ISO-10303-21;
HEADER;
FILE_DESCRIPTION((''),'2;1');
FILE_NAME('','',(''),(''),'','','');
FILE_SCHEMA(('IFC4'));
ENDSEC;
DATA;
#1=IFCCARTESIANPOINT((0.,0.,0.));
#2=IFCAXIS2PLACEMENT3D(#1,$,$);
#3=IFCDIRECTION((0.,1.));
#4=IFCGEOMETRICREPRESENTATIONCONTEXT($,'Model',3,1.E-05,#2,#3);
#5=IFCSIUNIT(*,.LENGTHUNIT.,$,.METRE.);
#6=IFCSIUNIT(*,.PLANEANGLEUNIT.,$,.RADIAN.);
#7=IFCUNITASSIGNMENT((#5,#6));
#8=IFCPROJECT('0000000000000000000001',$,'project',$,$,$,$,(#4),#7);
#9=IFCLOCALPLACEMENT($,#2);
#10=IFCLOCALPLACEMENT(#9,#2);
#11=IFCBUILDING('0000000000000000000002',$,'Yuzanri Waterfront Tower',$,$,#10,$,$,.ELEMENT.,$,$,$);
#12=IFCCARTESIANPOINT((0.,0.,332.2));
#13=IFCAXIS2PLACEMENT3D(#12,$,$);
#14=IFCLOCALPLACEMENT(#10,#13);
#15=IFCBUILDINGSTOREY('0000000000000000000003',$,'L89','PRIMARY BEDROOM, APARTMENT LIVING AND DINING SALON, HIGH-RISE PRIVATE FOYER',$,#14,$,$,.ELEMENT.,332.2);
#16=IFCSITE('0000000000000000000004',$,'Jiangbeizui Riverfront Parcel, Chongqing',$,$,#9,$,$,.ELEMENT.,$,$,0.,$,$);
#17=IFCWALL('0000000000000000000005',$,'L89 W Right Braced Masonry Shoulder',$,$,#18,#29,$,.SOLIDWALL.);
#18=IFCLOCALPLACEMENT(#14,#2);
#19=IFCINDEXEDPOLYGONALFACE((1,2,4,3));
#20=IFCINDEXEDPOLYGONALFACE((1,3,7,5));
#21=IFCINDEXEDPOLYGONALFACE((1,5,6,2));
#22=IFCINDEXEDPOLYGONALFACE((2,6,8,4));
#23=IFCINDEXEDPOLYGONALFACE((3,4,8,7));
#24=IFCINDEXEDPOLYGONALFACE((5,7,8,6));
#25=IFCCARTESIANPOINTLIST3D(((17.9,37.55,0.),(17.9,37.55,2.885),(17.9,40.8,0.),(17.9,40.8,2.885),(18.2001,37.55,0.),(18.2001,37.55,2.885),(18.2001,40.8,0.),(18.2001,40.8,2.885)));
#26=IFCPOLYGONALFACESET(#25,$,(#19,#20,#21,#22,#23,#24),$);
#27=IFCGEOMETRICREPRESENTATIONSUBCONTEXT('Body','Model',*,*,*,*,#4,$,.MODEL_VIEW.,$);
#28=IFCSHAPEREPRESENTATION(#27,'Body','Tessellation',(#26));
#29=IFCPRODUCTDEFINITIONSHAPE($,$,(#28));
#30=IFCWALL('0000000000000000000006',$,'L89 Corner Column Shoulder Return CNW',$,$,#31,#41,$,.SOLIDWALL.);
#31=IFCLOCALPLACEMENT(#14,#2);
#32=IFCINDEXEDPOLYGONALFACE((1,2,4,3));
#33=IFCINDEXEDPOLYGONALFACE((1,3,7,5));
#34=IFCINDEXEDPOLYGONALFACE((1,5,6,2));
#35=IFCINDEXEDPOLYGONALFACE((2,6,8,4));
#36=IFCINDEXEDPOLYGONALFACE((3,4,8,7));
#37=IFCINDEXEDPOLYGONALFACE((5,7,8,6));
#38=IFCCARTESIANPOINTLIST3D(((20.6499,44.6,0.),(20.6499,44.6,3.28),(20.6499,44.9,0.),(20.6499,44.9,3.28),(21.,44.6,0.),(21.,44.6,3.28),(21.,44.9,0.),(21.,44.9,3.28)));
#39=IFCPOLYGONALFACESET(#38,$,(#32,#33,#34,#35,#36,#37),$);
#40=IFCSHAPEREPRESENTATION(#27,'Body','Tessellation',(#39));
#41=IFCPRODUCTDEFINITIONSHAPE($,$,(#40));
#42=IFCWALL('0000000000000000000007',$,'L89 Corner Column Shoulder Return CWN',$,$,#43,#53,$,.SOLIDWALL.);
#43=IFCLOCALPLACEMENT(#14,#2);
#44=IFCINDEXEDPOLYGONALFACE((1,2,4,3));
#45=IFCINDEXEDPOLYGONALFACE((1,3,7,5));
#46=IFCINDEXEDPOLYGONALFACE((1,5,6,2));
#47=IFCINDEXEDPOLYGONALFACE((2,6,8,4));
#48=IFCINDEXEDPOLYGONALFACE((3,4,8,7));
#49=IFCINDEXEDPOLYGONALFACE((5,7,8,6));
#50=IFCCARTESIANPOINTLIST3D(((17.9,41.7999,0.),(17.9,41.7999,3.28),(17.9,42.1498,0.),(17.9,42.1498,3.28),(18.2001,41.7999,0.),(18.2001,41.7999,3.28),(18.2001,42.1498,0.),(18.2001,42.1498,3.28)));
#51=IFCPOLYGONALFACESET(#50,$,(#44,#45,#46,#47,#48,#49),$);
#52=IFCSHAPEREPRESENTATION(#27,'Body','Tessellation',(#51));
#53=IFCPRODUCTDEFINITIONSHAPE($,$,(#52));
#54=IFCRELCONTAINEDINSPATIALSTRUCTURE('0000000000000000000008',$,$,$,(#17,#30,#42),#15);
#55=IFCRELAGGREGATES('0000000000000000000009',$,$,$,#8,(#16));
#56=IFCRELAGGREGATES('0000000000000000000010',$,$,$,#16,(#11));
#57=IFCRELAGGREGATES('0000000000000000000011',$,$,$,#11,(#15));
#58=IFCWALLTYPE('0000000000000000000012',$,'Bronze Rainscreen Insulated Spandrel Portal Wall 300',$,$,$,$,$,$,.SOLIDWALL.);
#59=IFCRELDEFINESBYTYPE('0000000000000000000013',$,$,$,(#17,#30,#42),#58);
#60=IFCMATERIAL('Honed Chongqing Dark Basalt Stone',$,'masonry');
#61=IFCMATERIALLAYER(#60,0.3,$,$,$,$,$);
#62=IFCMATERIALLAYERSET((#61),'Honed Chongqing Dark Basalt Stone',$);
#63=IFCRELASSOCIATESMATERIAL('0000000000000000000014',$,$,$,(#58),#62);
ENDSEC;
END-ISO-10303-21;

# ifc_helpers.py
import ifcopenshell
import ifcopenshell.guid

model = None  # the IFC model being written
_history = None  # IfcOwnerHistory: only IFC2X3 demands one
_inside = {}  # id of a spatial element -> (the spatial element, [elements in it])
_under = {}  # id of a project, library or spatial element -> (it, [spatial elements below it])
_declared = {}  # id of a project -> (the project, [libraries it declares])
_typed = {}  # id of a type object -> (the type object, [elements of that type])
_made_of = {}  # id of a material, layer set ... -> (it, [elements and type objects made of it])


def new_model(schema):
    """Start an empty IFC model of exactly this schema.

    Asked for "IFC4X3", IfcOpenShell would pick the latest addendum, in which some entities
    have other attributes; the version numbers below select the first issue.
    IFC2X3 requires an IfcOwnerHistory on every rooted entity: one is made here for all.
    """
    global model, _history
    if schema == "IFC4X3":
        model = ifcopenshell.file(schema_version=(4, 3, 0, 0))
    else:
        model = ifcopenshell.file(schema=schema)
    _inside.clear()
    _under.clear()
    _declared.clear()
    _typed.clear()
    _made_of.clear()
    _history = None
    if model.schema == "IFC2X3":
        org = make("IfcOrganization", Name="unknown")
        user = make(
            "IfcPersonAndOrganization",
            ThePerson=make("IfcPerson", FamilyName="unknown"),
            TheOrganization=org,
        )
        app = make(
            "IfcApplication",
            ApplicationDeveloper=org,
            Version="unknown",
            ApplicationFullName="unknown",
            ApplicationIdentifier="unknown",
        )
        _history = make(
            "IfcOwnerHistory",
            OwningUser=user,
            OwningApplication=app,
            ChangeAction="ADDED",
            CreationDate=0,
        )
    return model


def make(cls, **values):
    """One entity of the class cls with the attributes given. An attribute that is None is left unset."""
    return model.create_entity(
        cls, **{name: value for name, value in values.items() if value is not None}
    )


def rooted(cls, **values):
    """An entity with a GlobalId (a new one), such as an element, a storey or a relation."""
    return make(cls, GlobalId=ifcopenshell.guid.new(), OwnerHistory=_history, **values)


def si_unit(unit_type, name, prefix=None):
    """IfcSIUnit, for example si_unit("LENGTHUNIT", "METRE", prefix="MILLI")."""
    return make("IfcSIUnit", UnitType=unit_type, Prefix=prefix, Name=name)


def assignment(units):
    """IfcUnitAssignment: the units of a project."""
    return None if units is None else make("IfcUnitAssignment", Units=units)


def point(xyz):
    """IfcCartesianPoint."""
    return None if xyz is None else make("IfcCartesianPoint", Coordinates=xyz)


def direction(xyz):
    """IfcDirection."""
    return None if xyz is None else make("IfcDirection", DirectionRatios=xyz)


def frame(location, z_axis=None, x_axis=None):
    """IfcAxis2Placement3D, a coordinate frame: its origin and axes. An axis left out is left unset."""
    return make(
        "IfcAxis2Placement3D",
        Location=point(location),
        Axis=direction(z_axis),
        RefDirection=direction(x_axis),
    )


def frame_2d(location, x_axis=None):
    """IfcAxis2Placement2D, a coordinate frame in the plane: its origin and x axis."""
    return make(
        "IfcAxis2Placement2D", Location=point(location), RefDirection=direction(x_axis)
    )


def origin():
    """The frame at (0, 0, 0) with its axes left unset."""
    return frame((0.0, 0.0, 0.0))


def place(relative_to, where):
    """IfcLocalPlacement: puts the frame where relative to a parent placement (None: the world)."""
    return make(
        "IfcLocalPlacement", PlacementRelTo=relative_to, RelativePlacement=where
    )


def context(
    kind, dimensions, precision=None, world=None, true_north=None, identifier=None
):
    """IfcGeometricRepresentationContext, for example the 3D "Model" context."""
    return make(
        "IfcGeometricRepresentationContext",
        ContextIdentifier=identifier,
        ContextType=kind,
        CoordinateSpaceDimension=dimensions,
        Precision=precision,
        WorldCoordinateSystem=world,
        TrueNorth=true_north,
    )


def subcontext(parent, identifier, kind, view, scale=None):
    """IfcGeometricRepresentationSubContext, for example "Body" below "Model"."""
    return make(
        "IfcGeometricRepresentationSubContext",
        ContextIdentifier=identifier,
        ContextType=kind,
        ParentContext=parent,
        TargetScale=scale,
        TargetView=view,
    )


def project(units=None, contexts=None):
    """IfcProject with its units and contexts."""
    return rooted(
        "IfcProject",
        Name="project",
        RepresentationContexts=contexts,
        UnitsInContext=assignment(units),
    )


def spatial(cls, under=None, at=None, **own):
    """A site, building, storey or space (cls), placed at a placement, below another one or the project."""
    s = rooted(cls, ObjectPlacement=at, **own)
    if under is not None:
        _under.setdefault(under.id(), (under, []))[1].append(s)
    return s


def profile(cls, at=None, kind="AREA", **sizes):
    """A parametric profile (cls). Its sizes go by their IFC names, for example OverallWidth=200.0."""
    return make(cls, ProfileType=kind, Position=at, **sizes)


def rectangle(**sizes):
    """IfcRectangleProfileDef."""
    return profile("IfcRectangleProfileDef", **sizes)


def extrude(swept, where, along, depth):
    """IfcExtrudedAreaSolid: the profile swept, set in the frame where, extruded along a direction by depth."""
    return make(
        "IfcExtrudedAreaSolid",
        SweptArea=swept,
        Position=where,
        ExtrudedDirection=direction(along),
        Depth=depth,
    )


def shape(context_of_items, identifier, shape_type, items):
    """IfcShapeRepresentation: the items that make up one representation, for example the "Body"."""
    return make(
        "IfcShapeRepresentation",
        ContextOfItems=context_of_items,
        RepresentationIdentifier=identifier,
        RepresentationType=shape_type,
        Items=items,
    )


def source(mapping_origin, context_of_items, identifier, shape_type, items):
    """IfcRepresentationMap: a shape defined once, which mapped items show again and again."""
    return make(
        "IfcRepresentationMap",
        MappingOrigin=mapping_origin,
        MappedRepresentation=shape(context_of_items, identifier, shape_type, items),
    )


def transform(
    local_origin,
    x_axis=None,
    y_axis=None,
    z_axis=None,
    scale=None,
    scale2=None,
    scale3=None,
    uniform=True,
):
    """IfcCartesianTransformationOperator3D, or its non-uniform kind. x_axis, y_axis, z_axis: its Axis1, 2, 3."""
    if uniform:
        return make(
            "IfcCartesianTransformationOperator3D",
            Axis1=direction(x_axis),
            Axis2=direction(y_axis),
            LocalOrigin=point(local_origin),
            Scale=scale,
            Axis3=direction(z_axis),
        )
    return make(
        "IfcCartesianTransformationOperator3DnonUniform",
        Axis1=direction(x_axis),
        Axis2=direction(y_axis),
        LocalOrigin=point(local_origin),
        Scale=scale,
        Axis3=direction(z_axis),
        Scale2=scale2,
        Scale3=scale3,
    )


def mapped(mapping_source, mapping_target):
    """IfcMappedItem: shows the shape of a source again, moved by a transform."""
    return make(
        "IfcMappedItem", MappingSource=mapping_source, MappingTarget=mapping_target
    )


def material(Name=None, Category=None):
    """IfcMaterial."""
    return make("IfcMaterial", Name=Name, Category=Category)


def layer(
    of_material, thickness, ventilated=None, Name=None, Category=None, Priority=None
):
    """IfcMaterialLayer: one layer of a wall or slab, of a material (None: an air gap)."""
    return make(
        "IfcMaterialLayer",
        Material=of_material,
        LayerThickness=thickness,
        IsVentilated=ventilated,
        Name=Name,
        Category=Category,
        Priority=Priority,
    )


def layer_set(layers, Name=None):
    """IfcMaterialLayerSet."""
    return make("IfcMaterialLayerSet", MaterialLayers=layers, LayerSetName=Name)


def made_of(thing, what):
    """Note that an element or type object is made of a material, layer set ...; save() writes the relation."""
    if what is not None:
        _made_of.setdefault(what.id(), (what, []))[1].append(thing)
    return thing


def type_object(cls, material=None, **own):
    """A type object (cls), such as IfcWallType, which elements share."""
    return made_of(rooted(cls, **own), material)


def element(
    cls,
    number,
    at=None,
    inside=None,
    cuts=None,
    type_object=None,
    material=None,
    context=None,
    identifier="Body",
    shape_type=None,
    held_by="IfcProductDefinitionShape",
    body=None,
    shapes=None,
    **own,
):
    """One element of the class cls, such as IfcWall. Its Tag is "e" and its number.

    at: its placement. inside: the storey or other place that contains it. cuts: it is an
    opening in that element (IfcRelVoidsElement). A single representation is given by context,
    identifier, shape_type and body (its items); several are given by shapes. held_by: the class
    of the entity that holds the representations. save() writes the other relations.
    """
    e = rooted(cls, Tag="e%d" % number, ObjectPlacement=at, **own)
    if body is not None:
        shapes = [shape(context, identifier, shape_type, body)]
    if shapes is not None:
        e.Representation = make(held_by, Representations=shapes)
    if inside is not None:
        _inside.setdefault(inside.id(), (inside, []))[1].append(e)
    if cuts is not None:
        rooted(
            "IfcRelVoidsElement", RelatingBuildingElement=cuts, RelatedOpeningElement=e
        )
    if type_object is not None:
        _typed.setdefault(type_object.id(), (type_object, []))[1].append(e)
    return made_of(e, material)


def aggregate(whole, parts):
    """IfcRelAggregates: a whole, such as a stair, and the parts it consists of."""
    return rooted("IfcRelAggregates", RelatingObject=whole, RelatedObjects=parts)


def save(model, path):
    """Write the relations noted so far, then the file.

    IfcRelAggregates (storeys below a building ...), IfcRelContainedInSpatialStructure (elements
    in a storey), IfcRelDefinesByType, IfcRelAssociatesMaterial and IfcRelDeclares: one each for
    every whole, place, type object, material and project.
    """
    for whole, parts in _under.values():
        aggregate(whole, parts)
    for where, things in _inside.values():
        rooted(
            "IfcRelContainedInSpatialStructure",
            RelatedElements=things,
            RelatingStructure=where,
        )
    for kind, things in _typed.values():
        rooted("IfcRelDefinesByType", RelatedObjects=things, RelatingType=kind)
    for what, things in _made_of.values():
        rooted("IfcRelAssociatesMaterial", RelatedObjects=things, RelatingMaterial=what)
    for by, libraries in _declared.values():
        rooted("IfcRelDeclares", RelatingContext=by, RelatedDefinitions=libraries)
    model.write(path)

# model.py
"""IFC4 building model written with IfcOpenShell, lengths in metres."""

from ifc_helpers import new_model, si_unit, direction, frame, frame_2d, origin, place, context, subcontext, project, spatial, rectangle, extrude, source, transform, mapped, material, layer, layer_set, type_object, element, save


model = new_model("IFC4")

# Units and contexts
model_context = context("Model", 3, precision=1e-05, world=origin(), true_north=direction((0.0, 1.0)))
body_context = subcontext(model_context, "Body", "Model", "MODEL_VIEW")
ifc_project = project(units=[si_unit("LENGTHUNIT", "METRE"), si_unit("PLANEANGLEUNIT", "RADIAN")], contexts=[model_context])

# Site, building, storey
site_placement = place(None, origin())
site = spatial("IfcSite", under=ifc_project, at=site_placement, Name="Jiangbeizui Riverfront Parcel, Chongqing", CompositionType="ELEMENT", RefElevation=0.0)
building_placement = place(site_placement, origin())
building = spatial("IfcBuilding", under=site, at=building_placement, Name="Yuzanri Waterfront Tower", CompositionType="ELEMENT")
storey_placement = place(building_placement, frame((0.0, 0.0, 332.2)))
storey = spatial("IfcBuildingStorey", under=building, at=storey_placement, Name="L89", Description="PRIMARY BEDROOM, APARTMENT LIVING AND DINING SALON, HIGH-RISE PRIVATE FOYER", CompositionType="ELEMENT", Elevation=332.2)

# Shared definitions
ifc_material_1 = material(Name="Honed Chongqing Dark Basalt Stone", Category="masonry")
ifc_layer_1 = layer(ifc_material_1, 0.3)
ifc_layer_set_1 = layer_set([ifc_layer_1], Name="Honed Chongqing Dark Basalt Stone")
wall_type_1 = type_object("IfcWallType", Name="Bronze Rainscreen Insulated Spandrel Portal Wall 300", PredefinedType="SOLIDWALL", material=ifc_layer_set_1)

# Walls
shared_shape_1 = source(origin(), body_context, "Body", "SweptSolid", [
    extrude(rectangle(XDim=3.25, YDim=0.3, at=frame_2d((1.625, 0.0))), origin(), (0.0, 0.0, 1.0), 2.885),
])
for number, where, z_axis, x_axis, name in (
    (1, (18.05, 37.55, 0.0), (0.0, 0.0, 1.0), (0.0, 1.0, 0.0), "L89 W Right Braced Masonry Shoulder"),
):
    element("IfcWall", number, at=place(storey_placement, frame(where, z_axis=z_axis, x_axis=x_axis)), inside=storey, type_object=wall_type_1, Name=name, PredefinedType="SOLIDWALL", context=body_context, shape_type="MappedRepresentation", body=[
        mapped(shared_shape_1, transform((0.0, 0.0, 0.0), scale=1.0)),
    ])
shared_shape_2 = source(origin(), body_context, "Body", "SweptSolid", [
    extrude(rectangle(XDim=0.3501, YDim=0.3, at=frame_2d((0.175, 0.0))), origin(), (0.0, 0.0, 1.0), 3.28),
])
wall_1_placement = place(storey_placement, frame((20.6499, 44.75, 0.0), z_axis=(0.0, 0.0, 1.0), x_axis=(1.0, 0.0, 0.0)))
element("IfcWall", 2, at=wall_1_placement, inside=storey, type_object=wall_type_1, Name="L89 Corner Column Shoulder Return CNW", PredefinedType="SOLIDWALL", context=body_context, shape_type="MappedRepresentation", body=[
    mapped(shared_shape_2, transform((0.0, 0.0, 0.0), scale=1.0)),
])
shared_shape_3 = source(origin(), body_context, "Body", "SweptSolid", [
    extrude(rectangle(XDim=0.3499, YDim=0.3, at=frame_2d((0.1748, 0.0))), origin(), (0.0, 0.0, 1.0), 3.28),
])
wall_2_placement = place(storey_placement, frame((18.05, 41.8, 0.0), z_axis=(0.0, 0.0, 1.0), x_axis=(0.0, 1.0, 0.0)))
element("IfcWall", 3, at=wall_2_placement, inside=storey, type_object=wall_type_1, Name="L89 Corner Column Shoulder Return CWN", PredefinedType="SOLIDWALL", context=body_context, shape_type="MappedRepresentation", body=[
    mapped(shared_shape_3, transform((0.0, 0.0, 0.0), scale=1.0)),
])

save(model, "model.ifc")
